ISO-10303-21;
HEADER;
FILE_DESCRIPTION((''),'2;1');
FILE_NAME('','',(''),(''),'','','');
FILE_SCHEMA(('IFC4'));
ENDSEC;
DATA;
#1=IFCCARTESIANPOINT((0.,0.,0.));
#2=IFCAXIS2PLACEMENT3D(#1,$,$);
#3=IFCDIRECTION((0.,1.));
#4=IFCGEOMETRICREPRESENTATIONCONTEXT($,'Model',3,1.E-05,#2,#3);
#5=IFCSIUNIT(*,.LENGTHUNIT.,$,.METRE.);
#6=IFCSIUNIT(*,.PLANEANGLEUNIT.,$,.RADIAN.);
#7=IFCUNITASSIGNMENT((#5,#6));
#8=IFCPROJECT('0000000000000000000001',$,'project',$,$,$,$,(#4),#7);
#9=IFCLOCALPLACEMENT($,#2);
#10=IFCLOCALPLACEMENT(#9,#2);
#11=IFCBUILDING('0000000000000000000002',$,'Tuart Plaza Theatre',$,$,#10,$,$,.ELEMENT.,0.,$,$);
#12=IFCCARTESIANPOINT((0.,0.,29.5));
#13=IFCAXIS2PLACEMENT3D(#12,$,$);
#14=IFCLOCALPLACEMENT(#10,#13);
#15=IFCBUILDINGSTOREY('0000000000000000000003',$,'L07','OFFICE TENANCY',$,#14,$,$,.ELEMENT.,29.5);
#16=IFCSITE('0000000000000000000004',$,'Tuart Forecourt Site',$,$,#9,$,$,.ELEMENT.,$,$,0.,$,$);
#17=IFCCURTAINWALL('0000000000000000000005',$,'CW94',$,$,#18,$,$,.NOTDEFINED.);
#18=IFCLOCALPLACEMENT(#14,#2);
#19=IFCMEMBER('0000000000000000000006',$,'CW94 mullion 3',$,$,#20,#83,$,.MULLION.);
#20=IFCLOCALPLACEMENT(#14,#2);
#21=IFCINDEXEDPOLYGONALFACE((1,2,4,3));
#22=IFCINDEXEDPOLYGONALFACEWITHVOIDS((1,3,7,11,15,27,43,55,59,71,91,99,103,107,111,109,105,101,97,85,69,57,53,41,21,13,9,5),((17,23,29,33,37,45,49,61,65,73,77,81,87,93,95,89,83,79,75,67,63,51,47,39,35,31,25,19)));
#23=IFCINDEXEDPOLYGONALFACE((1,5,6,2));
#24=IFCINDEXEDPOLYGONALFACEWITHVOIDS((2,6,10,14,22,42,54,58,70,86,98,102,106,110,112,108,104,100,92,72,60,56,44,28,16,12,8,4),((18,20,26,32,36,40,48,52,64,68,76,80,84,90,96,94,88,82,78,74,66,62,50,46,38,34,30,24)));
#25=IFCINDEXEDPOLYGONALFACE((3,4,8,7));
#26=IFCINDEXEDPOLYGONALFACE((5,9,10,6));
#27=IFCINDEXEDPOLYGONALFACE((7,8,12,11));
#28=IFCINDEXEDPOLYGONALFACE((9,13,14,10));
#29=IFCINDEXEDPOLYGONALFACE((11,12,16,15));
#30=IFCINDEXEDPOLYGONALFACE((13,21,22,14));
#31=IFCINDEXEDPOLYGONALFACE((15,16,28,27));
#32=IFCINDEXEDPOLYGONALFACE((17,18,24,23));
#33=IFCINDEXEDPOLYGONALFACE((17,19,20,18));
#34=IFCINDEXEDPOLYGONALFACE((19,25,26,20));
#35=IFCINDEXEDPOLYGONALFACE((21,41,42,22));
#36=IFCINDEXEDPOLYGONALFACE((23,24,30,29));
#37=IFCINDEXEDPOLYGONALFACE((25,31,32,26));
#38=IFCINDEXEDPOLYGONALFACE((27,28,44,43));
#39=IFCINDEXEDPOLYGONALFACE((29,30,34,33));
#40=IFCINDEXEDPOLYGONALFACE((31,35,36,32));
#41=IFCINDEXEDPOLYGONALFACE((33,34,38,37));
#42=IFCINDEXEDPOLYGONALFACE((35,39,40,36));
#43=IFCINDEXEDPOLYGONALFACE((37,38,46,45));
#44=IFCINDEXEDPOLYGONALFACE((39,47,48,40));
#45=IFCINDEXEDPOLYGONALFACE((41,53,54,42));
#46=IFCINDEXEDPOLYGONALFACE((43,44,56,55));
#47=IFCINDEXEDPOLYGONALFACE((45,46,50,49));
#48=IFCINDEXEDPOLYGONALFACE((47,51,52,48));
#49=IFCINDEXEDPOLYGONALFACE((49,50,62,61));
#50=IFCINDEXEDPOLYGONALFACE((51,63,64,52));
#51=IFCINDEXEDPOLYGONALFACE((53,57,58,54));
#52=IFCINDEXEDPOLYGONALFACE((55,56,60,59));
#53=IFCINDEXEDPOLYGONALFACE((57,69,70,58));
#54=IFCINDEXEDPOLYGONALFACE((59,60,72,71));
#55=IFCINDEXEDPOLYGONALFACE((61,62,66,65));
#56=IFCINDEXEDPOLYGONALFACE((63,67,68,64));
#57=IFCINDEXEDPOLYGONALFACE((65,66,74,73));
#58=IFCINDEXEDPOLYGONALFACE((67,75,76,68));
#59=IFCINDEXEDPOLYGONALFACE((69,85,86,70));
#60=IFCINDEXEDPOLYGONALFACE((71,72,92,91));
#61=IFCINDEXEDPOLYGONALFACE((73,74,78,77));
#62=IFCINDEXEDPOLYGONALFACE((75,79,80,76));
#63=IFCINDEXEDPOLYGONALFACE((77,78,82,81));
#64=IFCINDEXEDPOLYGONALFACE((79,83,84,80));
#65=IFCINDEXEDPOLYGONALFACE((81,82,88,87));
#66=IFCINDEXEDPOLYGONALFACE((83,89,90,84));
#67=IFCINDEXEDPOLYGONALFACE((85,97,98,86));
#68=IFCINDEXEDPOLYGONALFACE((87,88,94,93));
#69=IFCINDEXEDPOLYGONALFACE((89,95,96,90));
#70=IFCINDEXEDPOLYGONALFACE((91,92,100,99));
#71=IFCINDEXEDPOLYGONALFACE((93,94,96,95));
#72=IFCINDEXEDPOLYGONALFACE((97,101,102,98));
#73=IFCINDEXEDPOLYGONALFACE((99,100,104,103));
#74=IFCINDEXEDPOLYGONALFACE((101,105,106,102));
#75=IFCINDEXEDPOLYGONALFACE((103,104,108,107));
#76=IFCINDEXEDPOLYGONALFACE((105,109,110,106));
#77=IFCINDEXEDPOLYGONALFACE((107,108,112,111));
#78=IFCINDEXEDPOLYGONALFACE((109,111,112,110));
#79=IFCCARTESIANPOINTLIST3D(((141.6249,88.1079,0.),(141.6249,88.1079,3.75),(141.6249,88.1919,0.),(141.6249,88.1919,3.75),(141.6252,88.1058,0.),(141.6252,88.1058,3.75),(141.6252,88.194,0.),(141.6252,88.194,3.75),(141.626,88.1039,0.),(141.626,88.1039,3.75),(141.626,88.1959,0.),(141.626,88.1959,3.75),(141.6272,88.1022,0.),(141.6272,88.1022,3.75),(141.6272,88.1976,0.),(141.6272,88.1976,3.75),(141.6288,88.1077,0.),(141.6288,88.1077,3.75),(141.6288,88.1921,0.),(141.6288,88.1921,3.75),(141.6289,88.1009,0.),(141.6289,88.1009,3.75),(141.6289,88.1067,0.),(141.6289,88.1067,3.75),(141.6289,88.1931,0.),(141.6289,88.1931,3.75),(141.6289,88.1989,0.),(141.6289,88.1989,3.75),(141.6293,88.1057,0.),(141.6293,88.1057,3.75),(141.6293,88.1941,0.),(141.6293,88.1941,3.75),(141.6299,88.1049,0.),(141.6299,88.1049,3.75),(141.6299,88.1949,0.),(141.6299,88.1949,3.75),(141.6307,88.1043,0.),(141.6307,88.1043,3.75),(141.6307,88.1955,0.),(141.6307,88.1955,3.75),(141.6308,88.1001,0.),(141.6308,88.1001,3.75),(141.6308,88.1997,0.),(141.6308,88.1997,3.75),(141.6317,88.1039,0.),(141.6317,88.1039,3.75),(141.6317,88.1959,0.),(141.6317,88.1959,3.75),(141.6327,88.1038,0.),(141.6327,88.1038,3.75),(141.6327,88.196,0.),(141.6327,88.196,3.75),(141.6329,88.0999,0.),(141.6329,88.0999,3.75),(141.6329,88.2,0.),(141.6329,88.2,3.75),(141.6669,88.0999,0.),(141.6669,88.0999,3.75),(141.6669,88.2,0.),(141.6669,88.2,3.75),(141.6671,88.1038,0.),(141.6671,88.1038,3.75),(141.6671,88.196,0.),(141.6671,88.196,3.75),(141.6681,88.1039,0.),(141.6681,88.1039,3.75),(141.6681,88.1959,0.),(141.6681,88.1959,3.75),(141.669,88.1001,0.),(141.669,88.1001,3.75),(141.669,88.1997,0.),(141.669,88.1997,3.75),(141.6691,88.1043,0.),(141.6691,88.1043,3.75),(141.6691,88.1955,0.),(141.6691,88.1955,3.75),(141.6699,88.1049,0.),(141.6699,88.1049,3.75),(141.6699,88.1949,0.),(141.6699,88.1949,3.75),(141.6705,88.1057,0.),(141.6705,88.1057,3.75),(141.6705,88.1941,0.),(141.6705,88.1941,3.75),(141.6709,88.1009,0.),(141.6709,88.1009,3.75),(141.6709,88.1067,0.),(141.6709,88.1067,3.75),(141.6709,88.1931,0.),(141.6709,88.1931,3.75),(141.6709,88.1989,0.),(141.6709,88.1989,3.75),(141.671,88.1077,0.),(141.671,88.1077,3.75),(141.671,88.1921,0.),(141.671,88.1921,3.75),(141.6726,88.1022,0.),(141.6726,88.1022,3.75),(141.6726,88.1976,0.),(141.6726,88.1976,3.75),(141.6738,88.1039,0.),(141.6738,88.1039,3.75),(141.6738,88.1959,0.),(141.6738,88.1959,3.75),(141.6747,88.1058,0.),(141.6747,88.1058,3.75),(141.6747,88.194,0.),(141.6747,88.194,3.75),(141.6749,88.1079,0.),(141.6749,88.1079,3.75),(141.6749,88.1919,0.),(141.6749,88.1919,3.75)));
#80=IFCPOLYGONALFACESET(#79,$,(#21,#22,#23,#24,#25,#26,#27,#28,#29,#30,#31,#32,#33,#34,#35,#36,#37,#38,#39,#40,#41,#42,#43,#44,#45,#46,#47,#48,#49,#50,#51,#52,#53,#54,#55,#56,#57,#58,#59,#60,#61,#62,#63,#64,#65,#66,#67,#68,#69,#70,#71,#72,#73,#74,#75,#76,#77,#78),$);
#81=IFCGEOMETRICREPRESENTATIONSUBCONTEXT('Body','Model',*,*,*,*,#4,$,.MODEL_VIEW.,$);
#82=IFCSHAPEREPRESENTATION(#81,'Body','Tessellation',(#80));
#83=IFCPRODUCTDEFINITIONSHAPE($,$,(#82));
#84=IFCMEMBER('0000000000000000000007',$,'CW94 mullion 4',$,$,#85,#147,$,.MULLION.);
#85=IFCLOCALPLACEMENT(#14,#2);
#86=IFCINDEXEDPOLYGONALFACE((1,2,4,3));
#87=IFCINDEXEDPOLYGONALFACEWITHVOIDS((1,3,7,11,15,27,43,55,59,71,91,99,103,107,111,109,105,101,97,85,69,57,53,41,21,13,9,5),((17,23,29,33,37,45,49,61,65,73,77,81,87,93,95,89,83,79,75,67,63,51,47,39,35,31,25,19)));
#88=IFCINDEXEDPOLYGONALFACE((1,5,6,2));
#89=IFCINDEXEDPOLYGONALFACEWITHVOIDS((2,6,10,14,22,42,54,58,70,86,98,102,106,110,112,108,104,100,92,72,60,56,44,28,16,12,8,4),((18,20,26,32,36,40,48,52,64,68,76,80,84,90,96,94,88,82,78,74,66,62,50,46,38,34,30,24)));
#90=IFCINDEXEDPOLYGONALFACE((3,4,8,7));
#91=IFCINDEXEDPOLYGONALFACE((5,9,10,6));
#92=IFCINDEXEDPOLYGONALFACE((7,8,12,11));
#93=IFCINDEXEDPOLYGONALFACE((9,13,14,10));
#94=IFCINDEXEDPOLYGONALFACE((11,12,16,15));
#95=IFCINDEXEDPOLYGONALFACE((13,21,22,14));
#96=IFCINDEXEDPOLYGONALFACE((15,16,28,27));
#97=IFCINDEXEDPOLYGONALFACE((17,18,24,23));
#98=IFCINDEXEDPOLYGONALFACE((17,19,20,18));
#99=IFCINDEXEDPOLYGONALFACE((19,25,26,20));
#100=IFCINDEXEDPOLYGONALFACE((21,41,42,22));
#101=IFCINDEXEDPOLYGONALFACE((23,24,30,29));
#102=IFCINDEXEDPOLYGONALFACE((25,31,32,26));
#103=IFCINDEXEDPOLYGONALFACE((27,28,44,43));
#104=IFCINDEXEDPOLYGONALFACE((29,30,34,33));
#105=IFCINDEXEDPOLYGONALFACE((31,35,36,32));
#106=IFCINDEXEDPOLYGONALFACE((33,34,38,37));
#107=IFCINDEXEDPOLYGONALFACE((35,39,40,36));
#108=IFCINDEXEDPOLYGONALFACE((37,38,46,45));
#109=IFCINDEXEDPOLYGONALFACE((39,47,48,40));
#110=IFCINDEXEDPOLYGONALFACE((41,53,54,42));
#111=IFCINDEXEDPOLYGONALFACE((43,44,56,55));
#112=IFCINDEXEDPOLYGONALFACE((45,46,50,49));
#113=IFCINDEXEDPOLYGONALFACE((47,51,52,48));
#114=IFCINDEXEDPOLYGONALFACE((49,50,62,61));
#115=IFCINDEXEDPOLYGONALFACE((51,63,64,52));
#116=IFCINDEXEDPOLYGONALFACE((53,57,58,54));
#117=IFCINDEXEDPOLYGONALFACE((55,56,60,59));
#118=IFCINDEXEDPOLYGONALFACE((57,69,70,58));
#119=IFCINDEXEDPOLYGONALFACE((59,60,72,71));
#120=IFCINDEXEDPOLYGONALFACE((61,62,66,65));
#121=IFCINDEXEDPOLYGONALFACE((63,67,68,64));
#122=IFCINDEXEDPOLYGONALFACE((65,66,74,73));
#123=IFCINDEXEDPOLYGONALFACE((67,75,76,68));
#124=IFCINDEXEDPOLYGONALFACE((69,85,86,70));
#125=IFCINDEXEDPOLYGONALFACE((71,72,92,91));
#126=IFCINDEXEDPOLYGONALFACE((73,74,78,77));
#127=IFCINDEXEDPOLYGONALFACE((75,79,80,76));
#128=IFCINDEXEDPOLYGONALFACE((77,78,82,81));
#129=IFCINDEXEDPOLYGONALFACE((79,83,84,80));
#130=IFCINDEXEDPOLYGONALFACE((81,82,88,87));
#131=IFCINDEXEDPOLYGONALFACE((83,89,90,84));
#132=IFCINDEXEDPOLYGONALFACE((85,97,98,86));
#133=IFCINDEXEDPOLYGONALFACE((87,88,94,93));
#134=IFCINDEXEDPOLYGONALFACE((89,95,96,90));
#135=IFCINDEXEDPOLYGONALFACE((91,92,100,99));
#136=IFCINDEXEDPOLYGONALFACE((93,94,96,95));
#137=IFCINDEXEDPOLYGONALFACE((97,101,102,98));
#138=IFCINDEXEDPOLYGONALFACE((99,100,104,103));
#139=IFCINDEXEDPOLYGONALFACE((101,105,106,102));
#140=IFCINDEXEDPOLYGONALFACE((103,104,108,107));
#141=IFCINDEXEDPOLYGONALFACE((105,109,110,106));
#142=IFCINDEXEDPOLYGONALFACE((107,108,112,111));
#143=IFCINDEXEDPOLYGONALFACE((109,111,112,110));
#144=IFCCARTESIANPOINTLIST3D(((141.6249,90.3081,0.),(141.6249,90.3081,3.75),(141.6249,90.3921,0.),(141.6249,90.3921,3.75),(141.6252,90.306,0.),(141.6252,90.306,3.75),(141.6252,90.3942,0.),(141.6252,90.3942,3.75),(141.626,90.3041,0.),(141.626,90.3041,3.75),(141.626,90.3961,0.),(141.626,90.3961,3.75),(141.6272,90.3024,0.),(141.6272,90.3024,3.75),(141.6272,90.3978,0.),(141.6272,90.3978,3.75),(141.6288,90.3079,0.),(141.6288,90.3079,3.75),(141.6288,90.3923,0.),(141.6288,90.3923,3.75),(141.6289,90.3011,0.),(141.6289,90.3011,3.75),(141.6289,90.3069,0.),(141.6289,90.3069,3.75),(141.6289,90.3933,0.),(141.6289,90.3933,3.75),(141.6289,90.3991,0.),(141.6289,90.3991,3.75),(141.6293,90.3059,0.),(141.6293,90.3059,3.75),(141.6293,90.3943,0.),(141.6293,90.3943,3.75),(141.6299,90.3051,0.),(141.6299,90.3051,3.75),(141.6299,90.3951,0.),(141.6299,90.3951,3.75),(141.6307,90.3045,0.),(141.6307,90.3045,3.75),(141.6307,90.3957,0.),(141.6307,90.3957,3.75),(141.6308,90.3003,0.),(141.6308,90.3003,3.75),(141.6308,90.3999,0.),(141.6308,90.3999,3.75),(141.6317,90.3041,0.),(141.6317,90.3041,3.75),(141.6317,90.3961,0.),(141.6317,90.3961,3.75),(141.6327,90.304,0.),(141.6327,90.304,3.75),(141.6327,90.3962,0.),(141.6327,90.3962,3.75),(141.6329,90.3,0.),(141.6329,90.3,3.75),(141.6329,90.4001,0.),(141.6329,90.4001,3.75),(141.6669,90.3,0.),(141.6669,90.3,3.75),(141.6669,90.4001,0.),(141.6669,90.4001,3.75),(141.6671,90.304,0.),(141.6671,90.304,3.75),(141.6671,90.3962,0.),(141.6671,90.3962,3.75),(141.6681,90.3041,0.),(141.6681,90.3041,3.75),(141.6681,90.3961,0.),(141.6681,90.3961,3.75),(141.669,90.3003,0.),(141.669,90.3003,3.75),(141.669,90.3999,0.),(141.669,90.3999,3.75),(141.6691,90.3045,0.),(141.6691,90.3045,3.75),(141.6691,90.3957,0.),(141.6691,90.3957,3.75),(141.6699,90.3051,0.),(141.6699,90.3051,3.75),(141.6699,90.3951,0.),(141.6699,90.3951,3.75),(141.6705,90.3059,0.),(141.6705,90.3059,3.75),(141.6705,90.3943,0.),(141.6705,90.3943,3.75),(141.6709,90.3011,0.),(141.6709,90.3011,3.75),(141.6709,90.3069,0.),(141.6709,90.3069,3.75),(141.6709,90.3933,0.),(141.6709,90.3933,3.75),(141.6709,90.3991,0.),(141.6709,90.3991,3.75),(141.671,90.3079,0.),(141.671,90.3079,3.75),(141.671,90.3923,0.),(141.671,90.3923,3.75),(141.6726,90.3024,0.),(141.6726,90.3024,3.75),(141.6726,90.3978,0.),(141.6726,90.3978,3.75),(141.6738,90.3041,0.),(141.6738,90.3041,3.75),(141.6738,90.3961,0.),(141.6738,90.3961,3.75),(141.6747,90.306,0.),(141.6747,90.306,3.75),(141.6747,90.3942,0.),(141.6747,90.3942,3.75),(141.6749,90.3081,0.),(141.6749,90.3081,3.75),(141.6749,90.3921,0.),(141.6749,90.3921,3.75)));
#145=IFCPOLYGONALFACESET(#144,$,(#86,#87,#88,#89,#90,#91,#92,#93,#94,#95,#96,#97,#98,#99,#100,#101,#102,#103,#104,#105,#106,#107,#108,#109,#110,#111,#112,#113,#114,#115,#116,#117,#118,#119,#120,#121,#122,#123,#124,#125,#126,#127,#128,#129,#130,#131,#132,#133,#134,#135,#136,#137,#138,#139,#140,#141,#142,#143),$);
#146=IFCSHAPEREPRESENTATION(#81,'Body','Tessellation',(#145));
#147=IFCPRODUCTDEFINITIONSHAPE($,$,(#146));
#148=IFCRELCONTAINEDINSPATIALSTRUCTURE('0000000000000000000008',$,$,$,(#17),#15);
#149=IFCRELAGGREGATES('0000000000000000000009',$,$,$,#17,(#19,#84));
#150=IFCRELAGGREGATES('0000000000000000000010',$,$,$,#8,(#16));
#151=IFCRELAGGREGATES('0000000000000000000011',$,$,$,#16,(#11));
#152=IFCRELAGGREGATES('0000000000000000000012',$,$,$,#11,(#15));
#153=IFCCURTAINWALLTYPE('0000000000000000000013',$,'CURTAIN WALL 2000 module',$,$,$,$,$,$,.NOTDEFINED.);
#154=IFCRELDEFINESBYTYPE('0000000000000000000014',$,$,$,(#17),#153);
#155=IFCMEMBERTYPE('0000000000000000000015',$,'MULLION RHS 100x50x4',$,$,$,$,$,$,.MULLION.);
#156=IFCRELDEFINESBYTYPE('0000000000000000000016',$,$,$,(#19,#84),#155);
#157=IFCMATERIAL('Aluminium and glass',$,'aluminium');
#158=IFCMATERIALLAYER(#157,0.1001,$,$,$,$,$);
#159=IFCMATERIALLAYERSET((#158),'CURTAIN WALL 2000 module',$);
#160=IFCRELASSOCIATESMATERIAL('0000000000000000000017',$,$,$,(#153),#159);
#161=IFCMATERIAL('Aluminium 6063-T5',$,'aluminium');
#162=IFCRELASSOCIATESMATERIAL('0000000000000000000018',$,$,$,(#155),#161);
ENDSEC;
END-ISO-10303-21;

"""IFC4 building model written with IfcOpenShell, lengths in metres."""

from ifc_helpers import new_model, si_unit, direction, frame, origin, origin_2d, place, context, subcontext, project, spatial, hollow_rectangle, extrude, material, layer, layer_set, material_profile, profile_set, type_object, element, aggregate, save


model = new_model("IFC4")

# Units and contexts
model_context = context("Model", 3, precision=1e-05, world=origin(), true_north=direction((0.0, 1.0)))
body_context = subcontext(model_context, "Body", "Model", "MODEL_VIEW")
ifc_project = project(units=[si_unit("LENGTHUNIT", "METRE"), si_unit("PLANEANGLEUNIT", "RADIAN")], contexts=[model_context])

# Site, building, storey
site_placement = place(None, origin())
site = spatial("IfcSite", under=ifc_project, at=site_placement, Name="Tuart Forecourt Site", CompositionType="ELEMENT", RefElevation=0.0)
building_placement = place(site_placement, origin())
building = spatial("IfcBuilding", under=site, at=building_placement, Name="Tuart Plaza Theatre", CompositionType="ELEMENT", ElevationOfRefHeight=0.0)
storey_placement = place(building_placement, frame((0.0, 0.0, 29.5)))
storey = spatial("IfcBuildingStorey", under=building, at=storey_placement, Name="L07", Description="OFFICE TENANCY", CompositionType="ELEMENT", Elevation=29.5)

# Curtain wall, members
ifc_material_1 = material(Name="Aluminium and glass", Category="aluminium")
ifc_layer_1 = layer(ifc_material_1, 0.1001)
ifc_layer_set_1 = layer_set([ifc_layer_1], Name="CURTAIN WALL 2000 module")
curtain_wall_type = type_object("IfcCurtainWallType", Name="CURTAIN WALL 2000 module", PredefinedType="NOTDEFINED", material=ifc_layer_set_1)
curtain_wall_1_placement = place(storey_placement, origin())
curtain_wall_1 = element("IfcCurtainWall", 1, at=curtain_wall_1_placement, inside=storey, type_object=curtain_wall_type, Name="CW94", PredefinedType="NOTDEFINED")
ifc_material_2 = material(Name="Aluminium 6063-T5", Category="aluminium")
ifc_material_profile_1 = material_profile(ifc_material_2, hollow_rectangle(XDim=0.05, YDim=0.1001, WallThickness=0.0039, InnerFilletRadius=0.0039, OuterFilletRadius=0.0081, at=origin_2d()), Name="RHS 100x50x4")
ifc_profile_set_1 = profile_set([ifc_material_profile_1], Name="Aluminium 6063-T5")
member_type_1 = type_object("IfcMemberType", Name="MULLION RHS 100x50x4", PredefinedType="MULLION", material=ifc_profile_set_1)
member_1_placement = place(storey_placement, frame((141.6499, 88.1499, 0.0), z_axis=(0.0, 0.0, 1.0), x_axis=(-1.0, 0.0, 0.0)))
member_1 = element("IfcMember", 2, at=member_1_placement, type_object=member_type_1, Name="CW94 mullion 3", PredefinedType="MULLION", context=body_context, shape_type="SweptSolid", body=[
    extrude(hollow_rectangle(XDim=0.05, YDim=0.1001, WallThickness=0.0039, InnerFilletRadius=0.0039, OuterFilletRadius=0.0081, at=origin_2d()), origin(), (0.0, 0.0, 1.0), 3.75),
])
member_2_placement = place(storey_placement, frame((141.6499, 90.3501, 0.0), z_axis=(0.0, 0.0, 1.0), x_axis=(-1.0, 0.0, 0.0)))
member_2 = element("IfcMember", 3, at=member_2_placement, type_object=member_type_1, Name="CW94 mullion 4", PredefinedType="MULLION", context=body_context, shape_type="SweptSolid", body=[
    extrude(hollow_rectangle(XDim=0.05, YDim=0.1001, WallThickness=0.0039, InnerFilletRadius=0.0039, OuterFilletRadius=0.0081, at=origin_2d()), origin(), (0.0, 0.0, 1.0), 3.75),
])
aggregate(curtain_wall_1, [member_1, member_2])

save(model, "model.ifc")
